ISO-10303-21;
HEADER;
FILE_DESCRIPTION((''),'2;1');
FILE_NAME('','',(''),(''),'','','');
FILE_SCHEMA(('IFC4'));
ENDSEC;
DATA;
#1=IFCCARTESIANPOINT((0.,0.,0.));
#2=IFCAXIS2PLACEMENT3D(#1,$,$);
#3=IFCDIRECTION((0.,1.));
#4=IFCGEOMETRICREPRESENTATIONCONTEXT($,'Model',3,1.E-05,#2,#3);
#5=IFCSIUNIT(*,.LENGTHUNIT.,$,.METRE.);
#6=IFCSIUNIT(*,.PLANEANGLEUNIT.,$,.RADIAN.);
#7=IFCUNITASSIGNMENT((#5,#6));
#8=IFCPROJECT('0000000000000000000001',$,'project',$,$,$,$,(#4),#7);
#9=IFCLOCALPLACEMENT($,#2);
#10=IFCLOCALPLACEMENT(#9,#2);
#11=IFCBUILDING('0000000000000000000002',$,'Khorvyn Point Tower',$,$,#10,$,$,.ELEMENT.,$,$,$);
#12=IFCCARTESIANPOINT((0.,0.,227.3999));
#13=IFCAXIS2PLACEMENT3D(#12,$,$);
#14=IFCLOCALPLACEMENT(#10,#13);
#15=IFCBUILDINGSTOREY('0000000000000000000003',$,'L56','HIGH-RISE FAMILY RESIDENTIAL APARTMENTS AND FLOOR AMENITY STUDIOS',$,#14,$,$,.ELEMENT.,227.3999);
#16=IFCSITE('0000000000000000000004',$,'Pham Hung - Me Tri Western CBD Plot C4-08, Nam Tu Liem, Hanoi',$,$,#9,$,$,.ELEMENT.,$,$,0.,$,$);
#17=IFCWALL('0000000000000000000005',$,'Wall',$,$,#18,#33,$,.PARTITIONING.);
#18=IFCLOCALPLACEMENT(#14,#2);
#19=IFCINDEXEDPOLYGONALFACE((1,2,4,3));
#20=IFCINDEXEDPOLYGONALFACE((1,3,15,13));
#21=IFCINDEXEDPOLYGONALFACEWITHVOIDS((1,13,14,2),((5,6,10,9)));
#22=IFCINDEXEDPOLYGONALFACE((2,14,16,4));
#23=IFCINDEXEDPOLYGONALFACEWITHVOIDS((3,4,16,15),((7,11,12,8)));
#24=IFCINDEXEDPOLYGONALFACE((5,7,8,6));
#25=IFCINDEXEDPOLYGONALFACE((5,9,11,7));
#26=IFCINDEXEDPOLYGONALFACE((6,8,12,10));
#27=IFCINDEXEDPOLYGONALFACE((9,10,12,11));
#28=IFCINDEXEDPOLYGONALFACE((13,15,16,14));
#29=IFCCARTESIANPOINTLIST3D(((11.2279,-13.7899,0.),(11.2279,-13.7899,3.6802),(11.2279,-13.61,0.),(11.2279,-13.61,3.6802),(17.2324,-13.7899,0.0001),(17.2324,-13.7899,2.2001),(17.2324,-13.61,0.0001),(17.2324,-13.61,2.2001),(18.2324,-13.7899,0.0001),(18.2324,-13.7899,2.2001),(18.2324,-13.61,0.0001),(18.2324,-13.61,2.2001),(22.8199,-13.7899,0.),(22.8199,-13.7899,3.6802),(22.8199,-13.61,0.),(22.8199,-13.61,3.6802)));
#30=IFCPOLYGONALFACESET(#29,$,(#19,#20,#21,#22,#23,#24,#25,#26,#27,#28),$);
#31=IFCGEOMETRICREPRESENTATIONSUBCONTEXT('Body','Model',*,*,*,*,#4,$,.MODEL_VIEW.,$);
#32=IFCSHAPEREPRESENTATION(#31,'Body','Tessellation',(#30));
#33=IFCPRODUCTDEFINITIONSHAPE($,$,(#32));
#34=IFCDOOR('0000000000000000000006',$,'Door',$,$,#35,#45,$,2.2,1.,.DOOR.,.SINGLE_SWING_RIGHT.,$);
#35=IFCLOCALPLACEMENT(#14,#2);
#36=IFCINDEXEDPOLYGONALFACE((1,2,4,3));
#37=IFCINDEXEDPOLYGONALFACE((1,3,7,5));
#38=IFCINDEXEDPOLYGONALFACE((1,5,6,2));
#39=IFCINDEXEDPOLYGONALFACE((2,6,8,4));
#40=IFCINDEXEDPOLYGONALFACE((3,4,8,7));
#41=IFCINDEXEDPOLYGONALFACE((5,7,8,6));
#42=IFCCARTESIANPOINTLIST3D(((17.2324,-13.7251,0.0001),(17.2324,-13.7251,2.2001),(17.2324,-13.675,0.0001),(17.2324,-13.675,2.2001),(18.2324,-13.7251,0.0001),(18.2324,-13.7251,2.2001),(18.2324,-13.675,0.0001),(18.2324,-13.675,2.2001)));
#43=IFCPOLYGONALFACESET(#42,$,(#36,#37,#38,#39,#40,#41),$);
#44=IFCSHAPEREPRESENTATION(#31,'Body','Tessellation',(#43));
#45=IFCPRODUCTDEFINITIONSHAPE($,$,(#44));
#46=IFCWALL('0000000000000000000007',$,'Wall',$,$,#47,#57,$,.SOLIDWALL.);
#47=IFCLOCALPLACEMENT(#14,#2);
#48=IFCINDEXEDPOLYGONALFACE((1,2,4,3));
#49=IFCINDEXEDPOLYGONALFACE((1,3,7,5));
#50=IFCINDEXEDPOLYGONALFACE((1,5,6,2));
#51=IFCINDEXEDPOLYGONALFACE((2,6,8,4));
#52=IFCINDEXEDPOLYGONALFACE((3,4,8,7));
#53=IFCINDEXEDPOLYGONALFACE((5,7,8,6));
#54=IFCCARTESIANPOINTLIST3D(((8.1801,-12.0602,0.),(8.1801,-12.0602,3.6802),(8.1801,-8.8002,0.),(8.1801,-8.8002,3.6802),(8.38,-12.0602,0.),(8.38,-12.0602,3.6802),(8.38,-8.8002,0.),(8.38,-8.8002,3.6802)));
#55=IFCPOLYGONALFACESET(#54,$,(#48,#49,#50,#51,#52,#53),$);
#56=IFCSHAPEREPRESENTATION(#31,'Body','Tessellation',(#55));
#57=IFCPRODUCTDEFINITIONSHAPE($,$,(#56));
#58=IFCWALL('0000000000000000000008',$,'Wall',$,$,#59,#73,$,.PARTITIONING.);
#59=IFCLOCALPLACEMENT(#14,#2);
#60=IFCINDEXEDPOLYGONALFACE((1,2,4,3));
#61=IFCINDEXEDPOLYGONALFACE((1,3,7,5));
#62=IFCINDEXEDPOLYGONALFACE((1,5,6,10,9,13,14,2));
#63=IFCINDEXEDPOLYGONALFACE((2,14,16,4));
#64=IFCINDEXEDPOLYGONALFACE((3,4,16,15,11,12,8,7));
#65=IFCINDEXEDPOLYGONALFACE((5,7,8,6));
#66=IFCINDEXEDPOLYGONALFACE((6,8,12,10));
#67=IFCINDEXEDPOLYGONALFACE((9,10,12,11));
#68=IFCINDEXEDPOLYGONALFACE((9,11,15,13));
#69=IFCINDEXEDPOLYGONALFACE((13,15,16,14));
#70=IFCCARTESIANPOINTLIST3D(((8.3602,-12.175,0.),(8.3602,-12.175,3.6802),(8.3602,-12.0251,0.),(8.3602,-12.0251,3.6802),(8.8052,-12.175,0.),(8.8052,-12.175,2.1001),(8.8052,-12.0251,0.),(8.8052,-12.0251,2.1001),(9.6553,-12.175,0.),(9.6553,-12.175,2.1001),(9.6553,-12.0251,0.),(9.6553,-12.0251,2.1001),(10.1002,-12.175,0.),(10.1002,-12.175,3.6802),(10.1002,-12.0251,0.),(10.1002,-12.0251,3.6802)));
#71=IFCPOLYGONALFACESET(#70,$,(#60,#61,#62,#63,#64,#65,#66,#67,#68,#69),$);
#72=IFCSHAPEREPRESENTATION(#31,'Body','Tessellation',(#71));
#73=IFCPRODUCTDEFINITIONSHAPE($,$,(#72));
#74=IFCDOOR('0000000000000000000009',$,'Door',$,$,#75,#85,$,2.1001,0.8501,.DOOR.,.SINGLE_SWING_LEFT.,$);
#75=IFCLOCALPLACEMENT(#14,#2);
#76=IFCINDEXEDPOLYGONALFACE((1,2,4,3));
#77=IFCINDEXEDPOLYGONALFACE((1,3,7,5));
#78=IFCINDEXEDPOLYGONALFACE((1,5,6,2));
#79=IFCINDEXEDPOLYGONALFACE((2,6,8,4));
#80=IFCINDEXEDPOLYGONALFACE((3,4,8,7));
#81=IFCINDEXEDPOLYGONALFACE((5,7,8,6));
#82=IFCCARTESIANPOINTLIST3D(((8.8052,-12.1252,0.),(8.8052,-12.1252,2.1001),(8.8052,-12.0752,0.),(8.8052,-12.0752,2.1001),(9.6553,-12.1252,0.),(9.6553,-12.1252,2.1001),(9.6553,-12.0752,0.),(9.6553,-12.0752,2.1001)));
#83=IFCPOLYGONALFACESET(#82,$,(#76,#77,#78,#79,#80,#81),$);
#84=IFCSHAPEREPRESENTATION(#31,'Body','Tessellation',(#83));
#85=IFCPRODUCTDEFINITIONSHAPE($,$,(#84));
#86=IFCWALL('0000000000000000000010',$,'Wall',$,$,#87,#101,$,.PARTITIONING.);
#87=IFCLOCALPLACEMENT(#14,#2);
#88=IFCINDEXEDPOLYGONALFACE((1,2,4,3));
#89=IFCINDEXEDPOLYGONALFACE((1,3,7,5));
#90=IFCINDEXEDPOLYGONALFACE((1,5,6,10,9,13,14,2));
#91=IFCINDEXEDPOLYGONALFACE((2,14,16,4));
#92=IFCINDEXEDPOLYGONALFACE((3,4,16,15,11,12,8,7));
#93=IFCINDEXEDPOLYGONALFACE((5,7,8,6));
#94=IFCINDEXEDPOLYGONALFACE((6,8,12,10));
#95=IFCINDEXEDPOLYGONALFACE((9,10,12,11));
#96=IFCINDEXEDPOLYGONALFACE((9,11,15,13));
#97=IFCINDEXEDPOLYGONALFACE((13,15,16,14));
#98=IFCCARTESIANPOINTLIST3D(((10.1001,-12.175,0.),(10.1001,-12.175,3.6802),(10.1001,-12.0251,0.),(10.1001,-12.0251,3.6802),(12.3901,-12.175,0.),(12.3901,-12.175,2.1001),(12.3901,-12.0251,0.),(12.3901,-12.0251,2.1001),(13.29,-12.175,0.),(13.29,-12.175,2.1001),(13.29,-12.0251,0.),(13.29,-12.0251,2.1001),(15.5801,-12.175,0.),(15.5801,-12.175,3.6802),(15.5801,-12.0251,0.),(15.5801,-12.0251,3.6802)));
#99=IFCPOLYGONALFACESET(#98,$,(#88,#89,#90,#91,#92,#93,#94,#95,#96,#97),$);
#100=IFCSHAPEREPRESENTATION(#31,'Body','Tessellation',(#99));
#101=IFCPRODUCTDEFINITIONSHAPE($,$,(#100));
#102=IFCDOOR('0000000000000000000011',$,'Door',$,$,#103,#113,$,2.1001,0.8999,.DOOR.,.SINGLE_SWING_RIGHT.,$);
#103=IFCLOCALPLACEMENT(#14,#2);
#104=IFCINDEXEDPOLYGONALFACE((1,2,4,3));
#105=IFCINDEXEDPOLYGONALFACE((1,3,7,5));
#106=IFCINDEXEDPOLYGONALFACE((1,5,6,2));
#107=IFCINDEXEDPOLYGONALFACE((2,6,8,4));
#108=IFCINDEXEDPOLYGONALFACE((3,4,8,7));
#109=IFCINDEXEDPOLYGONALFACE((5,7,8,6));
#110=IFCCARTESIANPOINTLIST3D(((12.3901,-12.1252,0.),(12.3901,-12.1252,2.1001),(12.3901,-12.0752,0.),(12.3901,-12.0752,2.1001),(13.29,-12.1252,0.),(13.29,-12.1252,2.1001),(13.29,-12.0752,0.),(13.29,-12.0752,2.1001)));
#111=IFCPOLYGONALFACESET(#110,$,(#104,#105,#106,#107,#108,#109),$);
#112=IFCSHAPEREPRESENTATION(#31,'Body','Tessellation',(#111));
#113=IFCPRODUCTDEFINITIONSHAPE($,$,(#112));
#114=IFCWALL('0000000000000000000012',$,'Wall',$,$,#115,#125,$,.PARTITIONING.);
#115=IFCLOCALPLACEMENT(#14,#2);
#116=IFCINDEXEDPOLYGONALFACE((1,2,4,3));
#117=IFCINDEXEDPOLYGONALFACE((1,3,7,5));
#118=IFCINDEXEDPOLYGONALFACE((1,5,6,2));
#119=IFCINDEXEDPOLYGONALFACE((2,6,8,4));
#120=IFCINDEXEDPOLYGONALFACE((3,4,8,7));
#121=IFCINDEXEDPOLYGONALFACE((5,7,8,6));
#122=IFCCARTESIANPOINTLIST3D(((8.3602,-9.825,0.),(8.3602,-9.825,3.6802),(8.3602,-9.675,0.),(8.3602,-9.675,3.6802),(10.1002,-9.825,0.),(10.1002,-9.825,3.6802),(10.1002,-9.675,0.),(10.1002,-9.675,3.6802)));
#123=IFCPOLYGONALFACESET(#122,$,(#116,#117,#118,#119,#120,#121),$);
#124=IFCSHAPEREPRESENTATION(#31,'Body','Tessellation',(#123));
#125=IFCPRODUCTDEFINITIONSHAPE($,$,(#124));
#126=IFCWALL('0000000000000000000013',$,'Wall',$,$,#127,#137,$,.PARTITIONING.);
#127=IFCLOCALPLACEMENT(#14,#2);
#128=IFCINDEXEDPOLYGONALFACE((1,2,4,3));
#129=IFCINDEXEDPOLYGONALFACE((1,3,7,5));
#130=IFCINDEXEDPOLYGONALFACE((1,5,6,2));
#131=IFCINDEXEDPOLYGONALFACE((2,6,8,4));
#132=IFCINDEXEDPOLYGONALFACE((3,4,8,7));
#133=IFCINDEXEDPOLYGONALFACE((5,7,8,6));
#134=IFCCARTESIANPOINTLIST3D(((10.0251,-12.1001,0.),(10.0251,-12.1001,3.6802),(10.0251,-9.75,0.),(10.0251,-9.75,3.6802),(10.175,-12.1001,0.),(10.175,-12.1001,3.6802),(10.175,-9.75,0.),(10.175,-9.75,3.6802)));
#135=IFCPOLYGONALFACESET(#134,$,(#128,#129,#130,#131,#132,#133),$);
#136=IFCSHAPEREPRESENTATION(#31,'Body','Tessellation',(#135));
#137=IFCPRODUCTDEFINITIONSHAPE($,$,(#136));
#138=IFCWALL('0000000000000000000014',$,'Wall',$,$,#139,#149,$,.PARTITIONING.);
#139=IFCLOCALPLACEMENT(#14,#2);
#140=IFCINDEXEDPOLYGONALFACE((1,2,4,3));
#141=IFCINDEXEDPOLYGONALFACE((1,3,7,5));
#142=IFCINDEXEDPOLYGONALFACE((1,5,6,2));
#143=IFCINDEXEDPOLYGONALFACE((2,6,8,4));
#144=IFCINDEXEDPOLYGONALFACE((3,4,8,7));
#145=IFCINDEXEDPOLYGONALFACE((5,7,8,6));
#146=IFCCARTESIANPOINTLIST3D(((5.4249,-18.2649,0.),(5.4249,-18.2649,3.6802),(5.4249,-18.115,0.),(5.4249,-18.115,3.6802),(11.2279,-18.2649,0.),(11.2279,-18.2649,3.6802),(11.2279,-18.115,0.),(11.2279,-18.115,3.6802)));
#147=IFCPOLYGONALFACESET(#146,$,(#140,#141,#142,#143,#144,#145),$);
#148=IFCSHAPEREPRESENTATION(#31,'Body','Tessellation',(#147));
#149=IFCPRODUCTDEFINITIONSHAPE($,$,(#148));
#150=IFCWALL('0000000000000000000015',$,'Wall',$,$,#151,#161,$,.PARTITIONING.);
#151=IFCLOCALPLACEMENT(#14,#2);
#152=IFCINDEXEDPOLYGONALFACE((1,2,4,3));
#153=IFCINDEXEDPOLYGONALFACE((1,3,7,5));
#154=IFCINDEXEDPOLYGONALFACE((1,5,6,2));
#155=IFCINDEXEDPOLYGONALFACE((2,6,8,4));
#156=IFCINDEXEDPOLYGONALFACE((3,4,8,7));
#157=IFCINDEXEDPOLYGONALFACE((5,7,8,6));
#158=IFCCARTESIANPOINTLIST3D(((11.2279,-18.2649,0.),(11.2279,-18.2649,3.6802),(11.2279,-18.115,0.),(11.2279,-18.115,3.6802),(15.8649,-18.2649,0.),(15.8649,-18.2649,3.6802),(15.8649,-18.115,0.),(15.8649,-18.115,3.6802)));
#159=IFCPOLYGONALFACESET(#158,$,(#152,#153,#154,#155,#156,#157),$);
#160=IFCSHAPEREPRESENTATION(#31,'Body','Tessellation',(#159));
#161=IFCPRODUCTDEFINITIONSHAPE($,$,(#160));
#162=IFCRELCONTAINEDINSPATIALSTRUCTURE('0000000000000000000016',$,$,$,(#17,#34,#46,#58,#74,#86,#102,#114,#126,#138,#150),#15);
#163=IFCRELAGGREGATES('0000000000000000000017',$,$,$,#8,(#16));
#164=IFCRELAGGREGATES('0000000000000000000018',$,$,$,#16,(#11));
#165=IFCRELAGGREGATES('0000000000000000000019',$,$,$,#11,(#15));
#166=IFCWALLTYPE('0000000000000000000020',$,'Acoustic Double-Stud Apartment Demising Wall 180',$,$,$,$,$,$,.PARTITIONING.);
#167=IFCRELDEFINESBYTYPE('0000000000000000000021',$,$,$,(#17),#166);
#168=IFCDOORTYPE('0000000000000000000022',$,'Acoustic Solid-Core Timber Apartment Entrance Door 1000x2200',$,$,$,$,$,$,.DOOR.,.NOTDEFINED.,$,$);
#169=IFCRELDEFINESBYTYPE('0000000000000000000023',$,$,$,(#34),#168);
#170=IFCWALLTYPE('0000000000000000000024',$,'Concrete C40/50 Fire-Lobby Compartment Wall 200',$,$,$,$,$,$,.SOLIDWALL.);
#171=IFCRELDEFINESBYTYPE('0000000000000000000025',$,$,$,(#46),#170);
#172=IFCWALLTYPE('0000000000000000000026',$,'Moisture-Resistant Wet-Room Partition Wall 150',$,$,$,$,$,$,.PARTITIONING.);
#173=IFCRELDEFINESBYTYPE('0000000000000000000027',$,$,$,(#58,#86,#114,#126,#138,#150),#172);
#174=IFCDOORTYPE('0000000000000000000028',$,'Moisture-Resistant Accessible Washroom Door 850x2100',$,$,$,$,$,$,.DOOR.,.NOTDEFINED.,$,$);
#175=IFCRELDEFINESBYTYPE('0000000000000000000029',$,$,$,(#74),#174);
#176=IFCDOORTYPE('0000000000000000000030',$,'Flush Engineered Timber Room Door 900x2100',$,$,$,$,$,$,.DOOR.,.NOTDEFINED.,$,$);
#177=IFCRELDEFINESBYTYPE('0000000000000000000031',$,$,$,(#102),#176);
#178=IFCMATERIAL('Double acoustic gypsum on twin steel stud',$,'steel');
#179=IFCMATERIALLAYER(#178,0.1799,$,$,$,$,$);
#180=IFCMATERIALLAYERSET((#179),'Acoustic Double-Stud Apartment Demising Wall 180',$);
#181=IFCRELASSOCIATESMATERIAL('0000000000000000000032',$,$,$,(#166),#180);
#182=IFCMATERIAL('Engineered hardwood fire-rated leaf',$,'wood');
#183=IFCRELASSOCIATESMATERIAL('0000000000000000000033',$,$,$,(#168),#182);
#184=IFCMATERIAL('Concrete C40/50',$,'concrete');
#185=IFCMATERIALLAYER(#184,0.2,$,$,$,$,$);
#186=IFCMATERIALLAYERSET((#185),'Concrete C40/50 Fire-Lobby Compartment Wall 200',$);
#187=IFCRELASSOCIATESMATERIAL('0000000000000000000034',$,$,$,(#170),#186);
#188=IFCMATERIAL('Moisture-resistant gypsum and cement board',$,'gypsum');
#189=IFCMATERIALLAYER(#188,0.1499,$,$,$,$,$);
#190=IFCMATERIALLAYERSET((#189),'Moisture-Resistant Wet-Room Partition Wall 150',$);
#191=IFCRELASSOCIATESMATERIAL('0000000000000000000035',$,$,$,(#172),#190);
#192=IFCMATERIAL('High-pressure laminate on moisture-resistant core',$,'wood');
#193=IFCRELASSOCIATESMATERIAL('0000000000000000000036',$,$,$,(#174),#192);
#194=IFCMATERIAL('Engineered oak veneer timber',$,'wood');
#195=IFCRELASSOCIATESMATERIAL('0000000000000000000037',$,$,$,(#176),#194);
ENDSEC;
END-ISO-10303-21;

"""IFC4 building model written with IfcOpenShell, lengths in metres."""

from ifc_helpers import new_model, si_unit, direction, frame, frame_2d, origin, place, context, subcontext, project, spatial, rectangle, extrude, material, layer, layer_set, type_object, element, fill, save


model = new_model("IFC4")

# Units and contexts
model_context = context("Model", 3, precision=1e-05, world=origin(), true_north=direction((0.0, 1.0)))
body_context = subcontext(model_context, "Body", "Model", "MODEL_VIEW")
ifc_project = project(units=[si_unit("LENGTHUNIT", "METRE"), si_unit("PLANEANGLEUNIT", "RADIAN")], contexts=[model_context])

# Site, building, storey
site_placement = place(None, origin())
site = spatial("IfcSite", under=ifc_project, at=site_placement, Name="Pham Hung - Me Tri Western CBD Plot C4-08, Nam Tu Liem, Hanoi", CompositionType="ELEMENT", RefElevation=0.0)
building_placement = place(site_placement, origin())
building = spatial("IfcBuilding", under=site, at=building_placement, Name="Khorvyn Point Tower", CompositionType="ELEMENT")
storey_placement = place(building_placement, frame((0.0, 0.0, 227.3999)))
storey = spatial("IfcBuildingStorey", under=building, at=storey_placement, Name="L56", Description="HIGH-RISE FAMILY RESIDENTIAL APARTMENTS AND FLOOR AMENITY STUDIOS", CompositionType="ELEMENT", Elevation=227.3999)

# Wall, opening, door
ifc_material_1 = material(Name="Double acoustic gypsum on twin steel stud", Category="steel")
ifc_layer_1 = layer(ifc_material_1, 0.1799)
ifc_layer_set_1 = layer_set([ifc_layer_1], Name="Acoustic Double-Stud Apartment Demising Wall 180")
wall_type_1 = type_object("IfcWallType", Name="Acoustic Double-Stud Apartment Demising Wall 180", PredefinedType="PARTITIONING", material=ifc_layer_set_1)
wall_1_placement = place(storey_placement, frame((11.228, -13.7, 0.0), z_axis=(0.0, 0.0, 1.0), x_axis=(1.0, 0.0, 0.0)))
wall_1 = element("IfcWall", 1, at=wall_1_placement, inside=storey, type_object=wall_type_1, Name="Wall", PredefinedType="PARTITIONING", context=body_context, shape_type="SweptSolid", body=[
    extrude(rectangle(XDim=11.592, YDim=0.1799, at=frame_2d((5.7959, 0.0))), origin(), (0.0, 0.0, 1.0), 3.6802),
])
opening_1_placement = place(wall_1_placement, frame((6.0044, 0.0, 0.0)))
opening_1 = element("IfcOpeningElement", 2, at=opening_1_placement, cuts=wall_1, PredefinedType="OPENING", context=body_context, shape_type="SweptSolid", body=[
    extrude(rectangle(XDim=1.0, YDim=2.2, at=frame_2d((0.5, 1.1001))), frame((0.0, 0.0999, 0.0), z_axis=(0.0, -1.0, 0.0), x_axis=(1.0, 0.0, 0.0)), (0.0, 0.0, 1.0), 0.2),
])
ifc_material_2 = material(Name="Engineered hardwood fire-rated leaf", Category="wood")
door_type_1 = type_object("IfcDoorType", Name="Acoustic Solid-Core Timber Apartment Entrance Door 1000x2200", OperationType="NOTDEFINED", PredefinedType="DOOR", material=ifc_material_2)
door_1_placement = place(opening_1_placement, origin())
door_1 = element("IfcDoor", 3, at=door_1_placement, inside=storey, type_object=door_type_1, Name="Door", OperationType="SINGLE_SWING_RIGHT", OverallHeight=2.2, OverallWidth=1.0, PredefinedType="DOOR", context=body_context, shape_type="SweptSolid", body=[
    extrude(rectangle(XDim=1.0, YDim=2.2, at=frame_2d((0.5, 1.1001))), frame((0.0, 0.0249, 0.0), z_axis=(0.0, -1.0, 0.0), x_axis=(1.0, 0.0, 0.0)), (0.0, 0.0, 1.0), 0.05),
])
fill(opening_1, door_1)
ifc_material_3 = material(Name="Concrete C40/50", Category="concrete")
ifc_layer_2 = layer(ifc_material_3, 0.2)
ifc_layer_set_2 = layer_set([ifc_layer_2], Name="Concrete C40/50 Fire-Lobby Compartment Wall 200")
wall_type_2 = type_object("IfcWallType", Name="Concrete C40/50 Fire-Lobby Compartment Wall 200", PredefinedType="SOLIDWALL", material=ifc_layer_set_2)

# Wall
wall_2_placement = place(storey_placement, frame((8.28, -12.0601, 0.0), z_axis=(0.0, 0.0, 1.0), x_axis=(0.0, 1.0, 0.0)))
element("IfcWall", 4, at=wall_2_placement, inside=storey, type_object=wall_type_2, Name="Wall", PredefinedType="SOLIDWALL", context=body_context, shape_type="SweptSolid", body=[
    extrude(rectangle(XDim=3.26, YDim=0.2, at=frame_2d((1.6299, 0.0))), origin(), (0.0, 0.0, 1.0), 3.6802),
])

# Walls, openings, doors
ifc_material_4 = material(Name="Moisture-resistant gypsum and cement board", Category="gypsum")
ifc_layer_3 = layer(ifc_material_4, 0.1499)
ifc_layer_set_3 = layer_set([ifc_layer_3], Name="Moisture-Resistant Wet-Room Partition Wall 150")
wall_type_3 = type_object("IfcWallType", Name="Moisture-Resistant Wet-Room Partition Wall 150", PredefinedType="PARTITIONING", material=ifc_layer_set_3)
wall_3_placement = place(storey_placement, frame((8.3601, -12.1001, 0.0), z_axis=(0.0, 0.0, 1.0), x_axis=(1.0, 0.0, 0.0)))
wall_3 = element("IfcWall", 5, at=wall_3_placement, inside=storey, type_object=wall_type_3, Name="Wall", PredefinedType="PARTITIONING", context=body_context, shape_type="SweptSolid", body=[
    extrude(rectangle(XDim=1.74, YDim=0.1499, at=frame_2d((0.8701, 0.0))), origin(), (0.0, 0.0, 1.0), 3.6802),
])
opening_2_placement = place(wall_3_placement, frame((0.4451, 0.0, 0.0)))
opening_2 = element("IfcOpeningElement", 6, at=opening_2_placement, cuts=wall_3, PredefinedType="OPENING", context=body_context, shape_type="SweptSolid", body=[
    extrude(rectangle(XDim=0.8501, YDim=2.1001, at=frame_2d((0.425, 1.05))), frame((0.0, 0.085, 0.0), z_axis=(0.0, -1.0, 0.0), x_axis=(1.0, 0.0, 0.0)), (0.0, 0.0, 1.0), 0.1699),
])
ifc_material_5 = material(Name="High-pressure laminate on moisture-resistant core", Category="wood")
door_type_2 = type_object("IfcDoorType", Name="Moisture-Resistant Accessible Washroom Door 850x2100", OperationType="NOTDEFINED", PredefinedType="DOOR", material=ifc_material_5)
door_2_placement = place(opening_2_placement, origin())
door_2 = element("IfcDoor", 7, at=door_2_placement, inside=storey, type_object=door_type_2, Name="Door", OperationType="SINGLE_SWING_LEFT", OverallHeight=2.1001, OverallWidth=0.8501, PredefinedType="DOOR", context=body_context, shape_type="SweptSolid", body=[
    extrude(rectangle(XDim=0.8501, YDim=2.1001, at=frame_2d((0.425, 1.05))), frame((0.0, 0.0249, 0.0), z_axis=(0.0, -1.0, 0.0), x_axis=(1.0, 0.0, 0.0)), (0.0, 0.0, 1.0), 0.05),
])
fill(opening_2, door_2)
wall_4_placement = place(storey_placement, frame((10.1001, -12.1001, 0.0), z_axis=(0.0, 0.0, 1.0), x_axis=(1.0, 0.0, 0.0)))
wall_4 = element("IfcWall", 8, at=wall_4_placement, inside=storey, type_object=wall_type_3, Name="Wall", PredefinedType="PARTITIONING", context=body_context, shape_type="SweptSolid", body=[
    extrude(rectangle(XDim=5.48, YDim=0.1499, at=frame_2d((2.74, 0.0))), origin(), (0.0, 0.0, 1.0), 3.6802),
])
opening_3_placement = place(wall_4_placement, frame((2.29, 0.0, 0.0)))
opening_3 = element("IfcOpeningElement", 9, at=opening_3_placement, cuts=wall_4, PredefinedType="OPENING", context=body_context, shape_type="SweptSolid", body=[
    extrude(rectangle(XDim=0.8999, YDim=2.1001, at=frame_2d((0.45, 1.05))), frame((0.0, 0.085, 0.0), z_axis=(0.0, -1.0, 0.0), x_axis=(1.0, 0.0, 0.0)), (0.0, 0.0, 1.0), 0.1699),
])
ifc_material_6 = material(Name="Engineered oak veneer timber", Category="wood")
door_type_3 = type_object("IfcDoorType", Name="Flush Engineered Timber Room Door 900x2100", OperationType="NOTDEFINED", PredefinedType="DOOR", material=ifc_material_6)
door_3_placement = place(opening_3_placement, origin())
door_3 = element("IfcDoor", 10, at=door_3_placement, inside=storey, type_object=door_type_3, Name="Door", OperationType="SINGLE_SWING_RIGHT", OverallHeight=2.1001, OverallWidth=0.8999, PredefinedType="DOOR", context=body_context, shape_type="SweptSolid", body=[
    extrude(rectangle(XDim=0.8999, YDim=2.1001, at=frame_2d((0.45, 1.05))), frame((0.0, 0.0249, 0.0), z_axis=(0.0, -1.0, 0.0), x_axis=(1.0, 0.0, 0.0)), (0.0, 0.0, 1.0), 0.05),
])
fill(opening_3, door_3)

# Walls
wall_5_placement = place(storey_placement, frame((8.3601, -9.75, 0.0), z_axis=(0.0, 0.0, 1.0), x_axis=(1.0, 0.0, 0.0)))
element("IfcWall", 11, at=wall_5_placement, inside=storey, type_object=wall_type_3, Name="Wall", PredefinedType="PARTITIONING", context=body_context, shape_type="SweptSolid", body=[
    extrude(rectangle(XDim=1.74, YDim=0.1499, at=frame_2d((0.8701, 0.0))), origin(), (0.0, 0.0, 1.0), 3.6802),
])
wall_6_placement = place(storey_placement, frame((10.1001, -12.1001, 0.0), z_axis=(0.0, 0.0, 1.0), x_axis=(0.0, 1.0, 0.0)))
element("IfcWall", 12, at=wall_6_placement, inside=storey, type_object=wall_type_3, Name="Wall", PredefinedType="PARTITIONING", context=body_context, shape_type="SweptSolid", body=[
    extrude(rectangle(XDim=2.3501, YDim=0.1499, at=frame_2d((1.175, 0.0))), origin(), (0.0, 0.0, 1.0), 3.6802),
])
wall_7_placement = place(storey_placement, frame((5.425, -18.1899, 0.0), z_axis=(0.0, 0.0, 1.0), x_axis=(1.0, 0.0, 0.0)))
element("IfcWall", 13, at=wall_7_placement, inside=storey, type_object=wall_type_3, Name="Wall", PredefinedType="PARTITIONING", context=body_context, shape_type="SweptSolid", body=[
    extrude(rectangle(XDim=5.803, YDim=0.1499, at=frame_2d((2.9014, 0.0))), origin(), (0.0, 0.0, 1.0), 3.6802),
])
wall_8_placement = place(storey_placement, frame((11.228, -18.1899, 0.0), z_axis=(0.0, 0.0, 1.0), x_axis=(1.0, 0.0, 0.0)))
element("IfcWall", 14, at=wall_8_placement, inside=storey, type_object=wall_type_3, Name="Wall", PredefinedType="PARTITIONING", context=body_context, shape_type="SweptSolid", body=[
    extrude(rectangle(XDim=4.637, YDim=0.1499, at=frame_2d((2.3184, 0.0))), origin(), (0.0, 0.0, 1.0), 3.6802),
])

save(model, "model.ifc")
